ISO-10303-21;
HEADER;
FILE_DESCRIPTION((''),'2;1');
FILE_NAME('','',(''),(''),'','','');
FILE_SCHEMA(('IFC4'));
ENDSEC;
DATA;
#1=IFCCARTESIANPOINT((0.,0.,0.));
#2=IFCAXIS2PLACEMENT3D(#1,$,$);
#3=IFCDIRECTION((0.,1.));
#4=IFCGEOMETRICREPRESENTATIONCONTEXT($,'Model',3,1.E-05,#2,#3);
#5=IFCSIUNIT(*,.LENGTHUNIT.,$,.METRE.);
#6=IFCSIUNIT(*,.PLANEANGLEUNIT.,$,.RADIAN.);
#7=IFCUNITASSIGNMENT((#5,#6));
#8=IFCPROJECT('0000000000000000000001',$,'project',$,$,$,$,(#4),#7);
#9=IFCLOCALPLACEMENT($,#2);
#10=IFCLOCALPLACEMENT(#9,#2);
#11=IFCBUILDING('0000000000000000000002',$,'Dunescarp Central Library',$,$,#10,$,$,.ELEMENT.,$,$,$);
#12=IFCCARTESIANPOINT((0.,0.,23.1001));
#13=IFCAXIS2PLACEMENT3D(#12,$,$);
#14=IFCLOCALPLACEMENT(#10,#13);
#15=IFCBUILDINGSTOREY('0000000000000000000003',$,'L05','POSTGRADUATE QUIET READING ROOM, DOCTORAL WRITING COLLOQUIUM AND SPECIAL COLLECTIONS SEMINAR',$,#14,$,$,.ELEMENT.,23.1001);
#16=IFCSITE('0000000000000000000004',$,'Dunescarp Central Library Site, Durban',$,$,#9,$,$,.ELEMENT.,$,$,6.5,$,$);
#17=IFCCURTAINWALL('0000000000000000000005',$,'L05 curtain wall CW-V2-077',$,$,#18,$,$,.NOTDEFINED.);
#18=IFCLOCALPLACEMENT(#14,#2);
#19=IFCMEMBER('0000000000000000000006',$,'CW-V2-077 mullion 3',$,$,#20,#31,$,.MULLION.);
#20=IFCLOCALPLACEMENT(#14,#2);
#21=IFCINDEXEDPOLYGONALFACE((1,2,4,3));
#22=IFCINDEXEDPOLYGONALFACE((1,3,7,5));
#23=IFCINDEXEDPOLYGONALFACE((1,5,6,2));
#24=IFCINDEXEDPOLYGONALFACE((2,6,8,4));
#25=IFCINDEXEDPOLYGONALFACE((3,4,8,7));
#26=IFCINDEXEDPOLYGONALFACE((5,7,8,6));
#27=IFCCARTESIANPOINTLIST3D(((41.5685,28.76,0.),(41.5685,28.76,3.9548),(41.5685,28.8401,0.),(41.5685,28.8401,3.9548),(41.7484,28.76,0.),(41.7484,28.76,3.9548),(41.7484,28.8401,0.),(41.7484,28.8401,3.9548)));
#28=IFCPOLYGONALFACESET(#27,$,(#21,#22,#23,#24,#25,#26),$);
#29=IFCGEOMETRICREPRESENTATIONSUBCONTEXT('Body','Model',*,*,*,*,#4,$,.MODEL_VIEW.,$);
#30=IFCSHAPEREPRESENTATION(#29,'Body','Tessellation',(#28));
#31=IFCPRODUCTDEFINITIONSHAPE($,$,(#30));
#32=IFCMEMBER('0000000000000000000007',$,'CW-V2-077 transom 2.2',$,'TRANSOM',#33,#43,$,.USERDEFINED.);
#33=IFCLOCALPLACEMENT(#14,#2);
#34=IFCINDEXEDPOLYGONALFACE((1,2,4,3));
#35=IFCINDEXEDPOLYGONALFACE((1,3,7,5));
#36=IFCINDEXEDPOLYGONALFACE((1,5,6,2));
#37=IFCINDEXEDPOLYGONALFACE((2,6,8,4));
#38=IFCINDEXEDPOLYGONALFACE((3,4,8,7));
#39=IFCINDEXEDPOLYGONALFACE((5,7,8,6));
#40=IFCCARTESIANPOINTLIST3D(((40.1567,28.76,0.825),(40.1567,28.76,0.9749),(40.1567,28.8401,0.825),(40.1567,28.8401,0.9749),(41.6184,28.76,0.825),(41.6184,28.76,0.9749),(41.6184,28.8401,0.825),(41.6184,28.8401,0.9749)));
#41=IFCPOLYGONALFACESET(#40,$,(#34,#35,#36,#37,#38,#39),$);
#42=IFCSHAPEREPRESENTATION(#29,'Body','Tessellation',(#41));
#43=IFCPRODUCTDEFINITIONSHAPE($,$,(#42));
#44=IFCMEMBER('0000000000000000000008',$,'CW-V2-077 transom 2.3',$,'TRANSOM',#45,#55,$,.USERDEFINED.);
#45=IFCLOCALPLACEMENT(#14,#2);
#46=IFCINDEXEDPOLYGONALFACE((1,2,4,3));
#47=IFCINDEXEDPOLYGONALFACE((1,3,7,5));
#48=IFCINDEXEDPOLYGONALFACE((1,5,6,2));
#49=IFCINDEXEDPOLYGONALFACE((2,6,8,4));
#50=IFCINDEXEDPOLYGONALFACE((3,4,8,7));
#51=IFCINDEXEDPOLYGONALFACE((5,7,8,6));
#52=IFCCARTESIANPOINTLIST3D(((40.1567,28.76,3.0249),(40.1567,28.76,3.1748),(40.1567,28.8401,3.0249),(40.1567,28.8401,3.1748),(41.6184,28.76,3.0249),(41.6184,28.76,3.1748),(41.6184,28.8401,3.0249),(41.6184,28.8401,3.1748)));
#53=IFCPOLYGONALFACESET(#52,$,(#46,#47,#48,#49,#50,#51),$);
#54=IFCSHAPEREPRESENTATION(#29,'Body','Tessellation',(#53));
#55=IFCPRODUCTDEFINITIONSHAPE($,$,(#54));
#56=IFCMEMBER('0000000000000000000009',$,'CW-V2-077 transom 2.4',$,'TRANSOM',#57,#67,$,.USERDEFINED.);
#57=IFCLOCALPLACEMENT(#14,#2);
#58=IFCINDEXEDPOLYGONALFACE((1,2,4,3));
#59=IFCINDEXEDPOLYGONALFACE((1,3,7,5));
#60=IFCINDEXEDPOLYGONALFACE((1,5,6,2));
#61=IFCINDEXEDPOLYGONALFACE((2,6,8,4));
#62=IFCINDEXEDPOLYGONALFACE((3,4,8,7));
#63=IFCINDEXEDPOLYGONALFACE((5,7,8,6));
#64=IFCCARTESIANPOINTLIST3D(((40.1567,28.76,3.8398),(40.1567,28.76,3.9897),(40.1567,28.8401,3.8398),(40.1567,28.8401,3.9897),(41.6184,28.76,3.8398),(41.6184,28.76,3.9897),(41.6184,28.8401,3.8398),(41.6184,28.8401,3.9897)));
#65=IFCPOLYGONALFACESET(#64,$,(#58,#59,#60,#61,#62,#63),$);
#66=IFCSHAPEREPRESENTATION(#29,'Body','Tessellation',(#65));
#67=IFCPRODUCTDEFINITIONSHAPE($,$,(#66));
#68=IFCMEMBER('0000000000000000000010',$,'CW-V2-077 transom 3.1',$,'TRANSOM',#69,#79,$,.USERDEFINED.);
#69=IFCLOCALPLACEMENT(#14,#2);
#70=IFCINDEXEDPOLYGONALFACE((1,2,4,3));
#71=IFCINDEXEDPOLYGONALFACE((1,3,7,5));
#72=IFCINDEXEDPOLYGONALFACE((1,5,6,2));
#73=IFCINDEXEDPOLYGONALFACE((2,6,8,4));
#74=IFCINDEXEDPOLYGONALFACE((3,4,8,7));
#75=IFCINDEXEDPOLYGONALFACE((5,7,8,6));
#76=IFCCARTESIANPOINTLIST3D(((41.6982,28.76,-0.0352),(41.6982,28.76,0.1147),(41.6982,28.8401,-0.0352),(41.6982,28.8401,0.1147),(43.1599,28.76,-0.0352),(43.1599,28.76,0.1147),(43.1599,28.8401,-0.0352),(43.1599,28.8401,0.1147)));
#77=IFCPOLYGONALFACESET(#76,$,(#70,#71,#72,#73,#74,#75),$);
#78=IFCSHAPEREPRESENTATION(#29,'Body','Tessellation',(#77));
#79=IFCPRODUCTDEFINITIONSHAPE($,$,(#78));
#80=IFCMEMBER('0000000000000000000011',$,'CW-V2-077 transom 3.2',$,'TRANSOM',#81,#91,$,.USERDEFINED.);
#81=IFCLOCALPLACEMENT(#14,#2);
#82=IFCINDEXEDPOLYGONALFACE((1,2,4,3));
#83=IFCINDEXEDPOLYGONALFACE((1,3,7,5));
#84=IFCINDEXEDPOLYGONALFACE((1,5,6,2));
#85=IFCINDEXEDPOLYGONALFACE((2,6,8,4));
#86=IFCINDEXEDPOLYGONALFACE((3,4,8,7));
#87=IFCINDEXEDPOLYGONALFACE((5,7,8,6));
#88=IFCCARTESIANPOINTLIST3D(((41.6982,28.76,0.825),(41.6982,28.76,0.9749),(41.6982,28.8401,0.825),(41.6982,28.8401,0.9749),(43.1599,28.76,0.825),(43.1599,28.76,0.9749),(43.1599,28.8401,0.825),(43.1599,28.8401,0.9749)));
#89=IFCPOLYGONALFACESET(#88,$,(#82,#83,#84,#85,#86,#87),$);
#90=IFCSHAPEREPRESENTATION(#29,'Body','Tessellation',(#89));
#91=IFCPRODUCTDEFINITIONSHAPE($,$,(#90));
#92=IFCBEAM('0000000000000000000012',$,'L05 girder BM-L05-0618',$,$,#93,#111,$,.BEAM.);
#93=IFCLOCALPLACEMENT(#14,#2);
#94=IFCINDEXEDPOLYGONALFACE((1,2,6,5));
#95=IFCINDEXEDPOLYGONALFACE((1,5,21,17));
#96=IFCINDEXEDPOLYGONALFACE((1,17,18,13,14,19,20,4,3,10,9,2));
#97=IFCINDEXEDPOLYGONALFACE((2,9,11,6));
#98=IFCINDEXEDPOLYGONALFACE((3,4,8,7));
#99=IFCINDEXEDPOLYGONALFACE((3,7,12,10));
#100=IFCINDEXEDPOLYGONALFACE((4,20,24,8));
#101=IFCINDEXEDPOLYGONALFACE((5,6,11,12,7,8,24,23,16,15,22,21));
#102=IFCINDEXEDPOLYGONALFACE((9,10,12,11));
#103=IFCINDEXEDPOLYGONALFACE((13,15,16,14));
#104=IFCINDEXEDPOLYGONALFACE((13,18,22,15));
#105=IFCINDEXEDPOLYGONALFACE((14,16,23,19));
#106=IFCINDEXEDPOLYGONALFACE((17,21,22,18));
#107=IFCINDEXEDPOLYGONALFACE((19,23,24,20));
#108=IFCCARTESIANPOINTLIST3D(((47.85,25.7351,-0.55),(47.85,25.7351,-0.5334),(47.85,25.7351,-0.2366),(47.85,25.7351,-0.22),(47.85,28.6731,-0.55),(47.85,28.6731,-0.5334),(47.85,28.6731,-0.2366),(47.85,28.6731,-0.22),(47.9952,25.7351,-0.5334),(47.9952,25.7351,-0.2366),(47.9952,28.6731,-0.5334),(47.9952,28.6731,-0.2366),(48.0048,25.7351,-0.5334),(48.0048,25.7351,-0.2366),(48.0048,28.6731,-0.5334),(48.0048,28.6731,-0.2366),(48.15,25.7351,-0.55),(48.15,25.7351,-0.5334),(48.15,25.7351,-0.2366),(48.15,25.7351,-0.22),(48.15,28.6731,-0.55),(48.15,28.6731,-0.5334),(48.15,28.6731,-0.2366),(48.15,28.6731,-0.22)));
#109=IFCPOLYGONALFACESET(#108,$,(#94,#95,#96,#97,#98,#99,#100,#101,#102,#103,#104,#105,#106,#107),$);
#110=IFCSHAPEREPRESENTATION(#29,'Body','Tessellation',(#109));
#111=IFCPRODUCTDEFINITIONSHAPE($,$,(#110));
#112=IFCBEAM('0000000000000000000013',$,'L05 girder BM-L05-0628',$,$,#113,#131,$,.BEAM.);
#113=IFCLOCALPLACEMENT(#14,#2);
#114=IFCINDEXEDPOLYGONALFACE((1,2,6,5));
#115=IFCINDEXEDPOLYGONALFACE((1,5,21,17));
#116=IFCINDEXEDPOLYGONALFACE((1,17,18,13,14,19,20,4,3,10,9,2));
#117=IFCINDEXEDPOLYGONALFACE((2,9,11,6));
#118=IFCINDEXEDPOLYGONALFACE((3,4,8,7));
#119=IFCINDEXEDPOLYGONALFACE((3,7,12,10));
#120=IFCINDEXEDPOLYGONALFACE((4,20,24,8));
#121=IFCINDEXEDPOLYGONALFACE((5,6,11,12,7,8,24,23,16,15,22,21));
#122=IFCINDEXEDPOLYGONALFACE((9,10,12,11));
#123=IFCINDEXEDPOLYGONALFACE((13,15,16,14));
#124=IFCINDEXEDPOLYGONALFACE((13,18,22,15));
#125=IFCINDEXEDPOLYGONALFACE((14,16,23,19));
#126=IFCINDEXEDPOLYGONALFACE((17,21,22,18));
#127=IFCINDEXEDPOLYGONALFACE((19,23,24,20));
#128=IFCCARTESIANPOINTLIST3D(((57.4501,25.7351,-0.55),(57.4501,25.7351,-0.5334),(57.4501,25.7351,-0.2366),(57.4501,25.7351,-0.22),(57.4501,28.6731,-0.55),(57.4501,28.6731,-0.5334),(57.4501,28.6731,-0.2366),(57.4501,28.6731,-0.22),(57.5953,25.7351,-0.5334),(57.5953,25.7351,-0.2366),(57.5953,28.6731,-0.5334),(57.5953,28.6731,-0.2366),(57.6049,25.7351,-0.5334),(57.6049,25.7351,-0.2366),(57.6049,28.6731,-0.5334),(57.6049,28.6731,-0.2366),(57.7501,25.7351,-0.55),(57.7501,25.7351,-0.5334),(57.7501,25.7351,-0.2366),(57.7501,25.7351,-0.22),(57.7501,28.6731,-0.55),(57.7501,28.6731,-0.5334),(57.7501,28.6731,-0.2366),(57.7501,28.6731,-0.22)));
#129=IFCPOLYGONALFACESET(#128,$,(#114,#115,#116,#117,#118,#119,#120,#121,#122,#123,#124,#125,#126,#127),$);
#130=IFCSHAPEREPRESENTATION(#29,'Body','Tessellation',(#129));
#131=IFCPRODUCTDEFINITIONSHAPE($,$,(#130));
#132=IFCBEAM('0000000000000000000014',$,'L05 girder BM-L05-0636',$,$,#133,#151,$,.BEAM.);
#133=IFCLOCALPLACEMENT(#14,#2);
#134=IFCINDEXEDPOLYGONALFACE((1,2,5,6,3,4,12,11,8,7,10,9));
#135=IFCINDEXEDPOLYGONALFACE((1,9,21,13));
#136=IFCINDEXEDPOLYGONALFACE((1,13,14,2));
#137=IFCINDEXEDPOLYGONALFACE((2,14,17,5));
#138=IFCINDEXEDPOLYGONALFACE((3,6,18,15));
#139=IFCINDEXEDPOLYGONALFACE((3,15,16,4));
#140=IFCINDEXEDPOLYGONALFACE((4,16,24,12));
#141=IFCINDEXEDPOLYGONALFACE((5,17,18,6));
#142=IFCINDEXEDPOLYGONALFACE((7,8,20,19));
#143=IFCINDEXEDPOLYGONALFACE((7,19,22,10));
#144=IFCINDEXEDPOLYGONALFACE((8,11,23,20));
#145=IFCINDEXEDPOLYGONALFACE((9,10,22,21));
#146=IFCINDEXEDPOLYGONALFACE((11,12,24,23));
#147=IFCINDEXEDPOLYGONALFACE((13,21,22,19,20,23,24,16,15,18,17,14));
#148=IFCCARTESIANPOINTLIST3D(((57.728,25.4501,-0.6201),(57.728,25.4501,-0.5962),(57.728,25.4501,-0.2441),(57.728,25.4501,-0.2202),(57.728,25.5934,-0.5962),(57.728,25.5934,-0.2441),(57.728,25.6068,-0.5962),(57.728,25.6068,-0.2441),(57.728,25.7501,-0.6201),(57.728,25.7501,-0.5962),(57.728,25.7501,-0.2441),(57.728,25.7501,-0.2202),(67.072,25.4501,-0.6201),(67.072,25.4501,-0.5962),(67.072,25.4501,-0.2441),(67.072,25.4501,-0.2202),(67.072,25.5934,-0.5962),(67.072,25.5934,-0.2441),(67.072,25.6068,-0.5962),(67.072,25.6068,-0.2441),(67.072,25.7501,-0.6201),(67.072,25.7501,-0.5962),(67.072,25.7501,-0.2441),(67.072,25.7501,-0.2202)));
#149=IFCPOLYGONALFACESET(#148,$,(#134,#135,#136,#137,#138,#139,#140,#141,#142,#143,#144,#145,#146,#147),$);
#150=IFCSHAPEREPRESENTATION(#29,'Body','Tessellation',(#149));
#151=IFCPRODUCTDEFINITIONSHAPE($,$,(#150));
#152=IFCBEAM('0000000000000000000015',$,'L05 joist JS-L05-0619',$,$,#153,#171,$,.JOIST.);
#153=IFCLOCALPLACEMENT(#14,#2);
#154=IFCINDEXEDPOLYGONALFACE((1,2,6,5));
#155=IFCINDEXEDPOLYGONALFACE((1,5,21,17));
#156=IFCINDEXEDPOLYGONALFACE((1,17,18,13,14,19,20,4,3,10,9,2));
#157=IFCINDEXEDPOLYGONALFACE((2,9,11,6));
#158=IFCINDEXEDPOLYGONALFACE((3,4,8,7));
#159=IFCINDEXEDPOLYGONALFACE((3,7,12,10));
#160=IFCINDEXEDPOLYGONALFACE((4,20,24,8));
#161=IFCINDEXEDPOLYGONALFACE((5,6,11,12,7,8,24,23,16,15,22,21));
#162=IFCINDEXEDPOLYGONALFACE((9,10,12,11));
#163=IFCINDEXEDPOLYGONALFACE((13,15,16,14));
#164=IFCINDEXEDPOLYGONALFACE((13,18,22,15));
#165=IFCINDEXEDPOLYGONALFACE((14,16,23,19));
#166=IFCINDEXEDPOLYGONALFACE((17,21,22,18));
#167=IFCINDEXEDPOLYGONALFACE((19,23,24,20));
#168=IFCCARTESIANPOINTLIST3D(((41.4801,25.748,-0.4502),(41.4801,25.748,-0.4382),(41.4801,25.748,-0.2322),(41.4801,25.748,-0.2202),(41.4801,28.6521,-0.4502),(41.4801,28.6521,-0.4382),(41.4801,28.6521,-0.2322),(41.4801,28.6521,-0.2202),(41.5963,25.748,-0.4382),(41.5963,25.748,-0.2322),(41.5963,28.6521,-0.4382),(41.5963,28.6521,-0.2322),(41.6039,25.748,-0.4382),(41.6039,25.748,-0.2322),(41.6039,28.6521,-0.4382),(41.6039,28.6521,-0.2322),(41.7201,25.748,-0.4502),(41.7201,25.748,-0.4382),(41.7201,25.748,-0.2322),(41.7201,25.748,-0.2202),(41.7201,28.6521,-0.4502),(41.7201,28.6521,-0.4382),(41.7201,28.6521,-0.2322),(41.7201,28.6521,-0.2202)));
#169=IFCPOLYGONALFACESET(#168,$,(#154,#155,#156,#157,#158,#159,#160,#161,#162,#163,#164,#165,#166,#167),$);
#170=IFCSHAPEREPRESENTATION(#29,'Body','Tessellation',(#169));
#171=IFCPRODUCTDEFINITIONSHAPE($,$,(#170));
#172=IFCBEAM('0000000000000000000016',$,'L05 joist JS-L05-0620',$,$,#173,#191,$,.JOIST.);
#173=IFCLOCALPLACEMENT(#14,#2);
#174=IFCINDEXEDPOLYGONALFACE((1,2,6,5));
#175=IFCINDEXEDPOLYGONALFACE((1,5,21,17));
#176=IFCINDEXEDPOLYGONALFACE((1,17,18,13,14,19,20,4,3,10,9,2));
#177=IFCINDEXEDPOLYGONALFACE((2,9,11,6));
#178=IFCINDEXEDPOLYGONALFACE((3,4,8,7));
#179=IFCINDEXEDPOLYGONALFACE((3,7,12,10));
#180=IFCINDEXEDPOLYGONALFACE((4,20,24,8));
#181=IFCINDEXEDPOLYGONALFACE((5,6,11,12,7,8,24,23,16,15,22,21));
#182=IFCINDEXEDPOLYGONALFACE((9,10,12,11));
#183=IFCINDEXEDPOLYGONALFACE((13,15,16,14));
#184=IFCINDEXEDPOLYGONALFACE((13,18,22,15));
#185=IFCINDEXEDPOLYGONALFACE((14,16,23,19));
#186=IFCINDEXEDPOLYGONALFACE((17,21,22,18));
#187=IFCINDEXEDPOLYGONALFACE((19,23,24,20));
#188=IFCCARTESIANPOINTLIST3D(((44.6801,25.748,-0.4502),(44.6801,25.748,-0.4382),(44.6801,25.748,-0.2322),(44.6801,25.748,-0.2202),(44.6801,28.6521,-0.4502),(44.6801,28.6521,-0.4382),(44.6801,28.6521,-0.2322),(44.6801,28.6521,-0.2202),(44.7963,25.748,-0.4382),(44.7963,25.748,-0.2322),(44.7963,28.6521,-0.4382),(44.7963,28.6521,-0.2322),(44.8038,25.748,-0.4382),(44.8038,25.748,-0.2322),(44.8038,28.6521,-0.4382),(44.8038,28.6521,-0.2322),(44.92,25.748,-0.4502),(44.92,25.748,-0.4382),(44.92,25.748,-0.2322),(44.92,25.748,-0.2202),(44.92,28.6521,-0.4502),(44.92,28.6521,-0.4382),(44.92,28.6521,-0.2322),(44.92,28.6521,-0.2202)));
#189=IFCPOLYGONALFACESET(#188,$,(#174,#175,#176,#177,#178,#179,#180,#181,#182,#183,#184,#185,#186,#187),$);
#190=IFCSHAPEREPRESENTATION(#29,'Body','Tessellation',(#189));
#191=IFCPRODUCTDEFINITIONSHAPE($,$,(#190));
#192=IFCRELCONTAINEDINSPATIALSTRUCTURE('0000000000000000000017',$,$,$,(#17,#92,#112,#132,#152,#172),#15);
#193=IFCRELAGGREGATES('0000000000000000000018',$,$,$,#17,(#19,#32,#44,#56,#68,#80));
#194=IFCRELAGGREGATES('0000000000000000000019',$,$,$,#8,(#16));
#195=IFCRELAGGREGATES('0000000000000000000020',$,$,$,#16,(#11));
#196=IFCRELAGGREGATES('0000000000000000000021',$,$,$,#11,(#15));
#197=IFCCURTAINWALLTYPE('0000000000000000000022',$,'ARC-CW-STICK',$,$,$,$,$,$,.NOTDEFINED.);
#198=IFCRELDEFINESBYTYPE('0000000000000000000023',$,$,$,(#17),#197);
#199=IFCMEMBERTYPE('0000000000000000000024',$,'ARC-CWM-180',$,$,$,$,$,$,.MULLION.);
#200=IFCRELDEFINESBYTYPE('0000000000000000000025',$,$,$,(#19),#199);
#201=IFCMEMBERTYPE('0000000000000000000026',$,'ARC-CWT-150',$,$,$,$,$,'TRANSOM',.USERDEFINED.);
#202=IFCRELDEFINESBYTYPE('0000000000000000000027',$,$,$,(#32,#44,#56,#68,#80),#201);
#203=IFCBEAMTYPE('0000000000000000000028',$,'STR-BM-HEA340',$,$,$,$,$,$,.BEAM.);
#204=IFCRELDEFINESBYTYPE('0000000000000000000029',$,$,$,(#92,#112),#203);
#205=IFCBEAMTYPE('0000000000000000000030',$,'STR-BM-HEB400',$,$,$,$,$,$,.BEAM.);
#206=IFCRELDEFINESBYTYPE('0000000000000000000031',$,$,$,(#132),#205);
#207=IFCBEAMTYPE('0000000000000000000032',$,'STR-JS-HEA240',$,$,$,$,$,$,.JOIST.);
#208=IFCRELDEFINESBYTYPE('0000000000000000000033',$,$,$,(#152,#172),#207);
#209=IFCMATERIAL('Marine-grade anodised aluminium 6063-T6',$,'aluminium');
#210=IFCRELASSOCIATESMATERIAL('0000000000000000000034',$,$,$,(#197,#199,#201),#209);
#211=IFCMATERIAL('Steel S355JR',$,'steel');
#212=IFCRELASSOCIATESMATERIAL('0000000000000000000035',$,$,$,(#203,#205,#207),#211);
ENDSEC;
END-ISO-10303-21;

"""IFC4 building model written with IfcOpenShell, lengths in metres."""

from ifc_helpers import new_model, si_unit, direction, frame, origin, origin_2d, place, context, subcontext, project, spatial, rectangle, i_section, extrude, material, material_profile, profile_set, type_object, element, aggregate, save


model = new_model("IFC4")

# Units and contexts
model_context = context("Model", 3, precision=1e-05, world=origin(), true_north=direction((0.0, 1.0)))
body_context = subcontext(model_context, "Body", "Model", "MODEL_VIEW")
ifc_project = project(units=[si_unit("LENGTHUNIT", "METRE"), si_unit("PLANEANGLEUNIT", "RADIAN")], contexts=[model_context])

# Site, building, storey
site_placement = place(None, origin())
site = spatial("IfcSite", under=ifc_project, at=site_placement, Name="Dunescarp Central Library Site, Durban", CompositionType="ELEMENT", RefElevation=6.5)
building_placement = place(site_placement, origin())
building = spatial("IfcBuilding", under=site, at=building_placement, Name="Dunescarp Central Library", CompositionType="ELEMENT")
storey_placement = place(building_placement, frame((0.0, 0.0, 23.1001)))
storey = spatial("IfcBuildingStorey", under=building, at=storey_placement, Name="L05", Description="POSTGRADUATE QUIET READING ROOM, DOCTORAL WRITING COLLOQUIUM AND SPECIAL COLLECTIONS SEMINAR", CompositionType="ELEMENT", Elevation=23.1001)

# Curtain wall, members
ifc_material_1 = material(Name="Marine-grade anodised aluminium 6063-T6", Category="aluminium")
curtain_wall_type = type_object("IfcCurtainWallType", Name="ARC-CW-STICK", PredefinedType="NOTDEFINED", material=ifc_material_1)
curtain_wall_placement = place(storey_placement, origin())
curtain_wall = element("IfcCurtainWall", 1, at=curtain_wall_placement, inside=storey, type_object=curtain_wall_type, Name="L05 curtain wall CW-V2-077", PredefinedType="NOTDEFINED")
ifc_material_profile_1 = material_profile(ifc_material_1, rectangle(XDim=0.0801, YDim=0.1799, at=origin_2d()), Name="AL 80x180")
ifc_profile_set_1 = profile_set([ifc_material_profile_1], Name="Marine-grade anodised aluminium 6063-T6")
member_type_1 = type_object("IfcMemberType", Name="ARC-CWM-180", PredefinedType="MULLION", material=ifc_profile_set_1)
member_1_placement = place(storey_placement, frame((41.6584, 28.8, 0.0), z_axis=(0.0, 0.0, 1.0), x_axis=(0.0, 1.0, 0.0)))
member_1 = element("IfcMember", 2, at=member_1_placement, type_object=member_type_1, Name="CW-V2-077 mullion 3", PredefinedType="MULLION", context=body_context, shape_type="SweptSolid", body=[
    extrude(rectangle(XDim=0.0801, YDim=0.1799, at=origin_2d()), origin(), (0.0, 0.0, 1.0), 3.9548),
])
ifc_material_profile_2 = material_profile(ifc_material_1, rectangle(XDim=0.0801, YDim=0.1499, at=origin_2d()), Name="AL 80x150")
ifc_profile_set_2 = profile_set([ifc_material_profile_2], Name="Marine-grade anodised aluminium 6063-T6")
member_type_2 = type_object("IfcMemberType", Name="ARC-CWT-150", ElementType="TRANSOM", PredefinedType="USERDEFINED", material=ifc_profile_set_2)
member_2_placement = place(storey_placement, frame((40.1567, 28.8, 0.8999), z_axis=(1.0, 0.0, 0.0), x_axis=(0.0, 1.0, 0.0)))
member_2 = element("IfcMember", 3, at=member_2_placement, type_object=member_type_2, Name="CW-V2-077 transom 2.2", ObjectType="TRANSOM", PredefinedType="USERDEFINED", context=body_context, shape_type="SweptSolid", body=[
    extrude(rectangle(XDim=0.0801, YDim=0.1499, at=origin_2d()), origin(), (0.0, 0.0, 1.0), 1.4617),
])
member_3_placement = place(storey_placement, frame((40.1567, 28.8, 3.0999), z_axis=(1.0, 0.0, 0.0), x_axis=(0.0, 1.0, 0.0)))
member_3 = element("IfcMember", 4, at=member_3_placement, type_object=member_type_2, Name="CW-V2-077 transom 2.3", ObjectType="TRANSOM", PredefinedType="USERDEFINED", context=body_context, shape_type="SweptSolid", body=[
    extrude(rectangle(XDim=0.0801, YDim=0.1499, at=origin_2d()), origin(), (0.0, 0.0, 1.0), 1.4617),
])
member_4_placement = place(storey_placement, frame((40.1567, 28.8, 3.9148), z_axis=(1.0, 0.0, 0.0), x_axis=(0.0, 1.0, 0.0)))
member_4 = element("IfcMember", 5, at=member_4_placement, type_object=member_type_2, Name="CW-V2-077 transom 2.4", ObjectType="TRANSOM", PredefinedType="USERDEFINED", context=body_context, shape_type="SweptSolid", body=[
    extrude(rectangle(XDim=0.0801, YDim=0.1499, at=origin_2d()), origin(), (0.0, 0.0, 1.0), 1.4617),
])
member_5_placement = place(storey_placement, frame((41.6982, 28.8, 0.0398), z_axis=(1.0, 0.0, 0.0), x_axis=(0.0, 1.0, 0.0)))
member_5 = element("IfcMember", 6, at=member_5_placement, type_object=member_type_2, Name="CW-V2-077 transom 3.1", ObjectType="TRANSOM", PredefinedType="USERDEFINED", context=body_context, shape_type="SweptSolid", body=[
    extrude(rectangle(XDim=0.0801, YDim=0.1499, at=origin_2d()), origin(), (0.0, 0.0, 1.0), 1.4617),
])
member_6_placement = place(storey_placement, frame((41.6982, 28.8, 0.8999), z_axis=(1.0, 0.0, 0.0), x_axis=(0.0, 1.0, 0.0)))
member_6 = element("IfcMember", 7, at=member_6_placement, type_object=member_type_2, Name="CW-V2-077 transom 3.2", ObjectType="TRANSOM", PredefinedType="USERDEFINED", context=body_context, shape_type="SweptSolid", body=[
    extrude(rectangle(XDim=0.0801, YDim=0.1499, at=origin_2d()), origin(), (0.0, 0.0, 1.0), 1.4617),
])

# Beams
ifc_material_2 = material(Name="Steel S355JR", Category="steel")
ifc_material_profile_3 = material_profile(ifc_material_2, i_section(OverallWidth=0.3, OverallDepth=0.3301, WebThickness=0.0095, FlangeThickness=0.0166, at=origin_2d()), Name="HEA 340")
ifc_profile_set_3 = profile_set([ifc_material_profile_3], Name="Steel S355JR")
beam_type_1 = type_object("IfcBeamType", Name="STR-BM-HEA340", PredefinedType="BEAM", material=ifc_profile_set_3)
for number, where, z_axis, x_axis, name in (
    (8, (48.0, 25.7351, -0.385), (0.0, 1.0, 0.0), (-1.0, 0.0, 0.0), "L05 girder BM-L05-0618"),
    (9, (57.6001, 25.7351, -0.385), (0.0, 1.0, 0.0), (-1.0, 0.0, 0.0), "L05 girder BM-L05-0628"),
):
    element("IfcBeam", number, at=place(storey_placement, frame(where, z_axis=z_axis, x_axis=x_axis)), inside=storey, type_object=beam_type_1, Name=name, PredefinedType="BEAM", context=body_context, shape_type="SweptSolid", body=[
        extrude(i_section(OverallWidth=0.3, OverallDepth=0.3301, WebThickness=0.0095, FlangeThickness=0.0166, at=origin_2d()), origin(), (0.0, 0.0, 1.0), 2.938),
    ])
ifc_material_profile_4 = material_profile(ifc_material_2, i_section(OverallWidth=0.3, OverallDepth=0.3999, WebThickness=0.0134, FlangeThickness=0.0239, at=origin_2d()), Name="HEB 400")
ifc_profile_set_4 = profile_set([ifc_material_profile_4], Name="Steel S355JR")
beam_type_2 = type_object("IfcBeamType", Name="STR-BM-HEB400", PredefinedType="BEAM", material=ifc_profile_set_4)
beam_placement = place(storey_placement, frame((57.728, 25.6001, -0.4202), z_axis=(1.0, 0.0, 0.0), x_axis=(0.0, 1.0, 0.0)))
element("IfcBeam", 10, at=beam_placement, inside=storey, type_object=beam_type_2, Name="L05 girder BM-L05-0636", PredefinedType="BEAM", context=body_context, shape_type="SweptSolid", body=[
    extrude(i_section(OverallWidth=0.3, OverallDepth=0.3999, WebThickness=0.0134, FlangeThickness=0.0239, at=origin_2d()), origin(), (0.0, 0.0, 1.0), 9.344),
])
ifc_material_profile_5 = material_profile(ifc_material_2, i_section(OverallWidth=0.24, OverallDepth=0.23, WebThickness=0.0076, FlangeThickness=0.012, at=origin_2d()), Name="HEA 240")
ifc_profile_set_5 = profile_set([ifc_material_profile_5], Name="Steel S355JR")
beam_type_3 = type_object("IfcBeamType", Name="STR-JS-HEA240", PredefinedType="JOIST", material=ifc_profile_set_5)
for number, where, z_axis, x_axis, name in (
    (11, (41.6001, 25.748, -0.3352), (0.0, 1.0, 0.0), (-1.0, 0.0, 0.0), "L05 joist JS-L05-0619"),
    (12, (44.8, 25.748, -0.3352), (0.0, 1.0, 0.0), (-1.0, 0.0, 0.0), "L05 joist JS-L05-0620"),
):
    element("IfcBeam", number, at=place(storey_placement, frame(where, z_axis=z_axis, x_axis=x_axis)), inside=storey, type_object=beam_type_3, Name=name, PredefinedType="JOIST", context=body_context, shape_type="SweptSolid", body=[
        extrude(i_section(OverallWidth=0.24, OverallDepth=0.23, WebThickness=0.0076, FlangeThickness=0.012, at=origin_2d()), origin(), (0.0, 0.0, 1.0), 2.9041),
    ])

aggregate(curtain_wall, [member_1, member_2, member_3, member_4, member_5, member_6])

save(model, "model.ifc")
